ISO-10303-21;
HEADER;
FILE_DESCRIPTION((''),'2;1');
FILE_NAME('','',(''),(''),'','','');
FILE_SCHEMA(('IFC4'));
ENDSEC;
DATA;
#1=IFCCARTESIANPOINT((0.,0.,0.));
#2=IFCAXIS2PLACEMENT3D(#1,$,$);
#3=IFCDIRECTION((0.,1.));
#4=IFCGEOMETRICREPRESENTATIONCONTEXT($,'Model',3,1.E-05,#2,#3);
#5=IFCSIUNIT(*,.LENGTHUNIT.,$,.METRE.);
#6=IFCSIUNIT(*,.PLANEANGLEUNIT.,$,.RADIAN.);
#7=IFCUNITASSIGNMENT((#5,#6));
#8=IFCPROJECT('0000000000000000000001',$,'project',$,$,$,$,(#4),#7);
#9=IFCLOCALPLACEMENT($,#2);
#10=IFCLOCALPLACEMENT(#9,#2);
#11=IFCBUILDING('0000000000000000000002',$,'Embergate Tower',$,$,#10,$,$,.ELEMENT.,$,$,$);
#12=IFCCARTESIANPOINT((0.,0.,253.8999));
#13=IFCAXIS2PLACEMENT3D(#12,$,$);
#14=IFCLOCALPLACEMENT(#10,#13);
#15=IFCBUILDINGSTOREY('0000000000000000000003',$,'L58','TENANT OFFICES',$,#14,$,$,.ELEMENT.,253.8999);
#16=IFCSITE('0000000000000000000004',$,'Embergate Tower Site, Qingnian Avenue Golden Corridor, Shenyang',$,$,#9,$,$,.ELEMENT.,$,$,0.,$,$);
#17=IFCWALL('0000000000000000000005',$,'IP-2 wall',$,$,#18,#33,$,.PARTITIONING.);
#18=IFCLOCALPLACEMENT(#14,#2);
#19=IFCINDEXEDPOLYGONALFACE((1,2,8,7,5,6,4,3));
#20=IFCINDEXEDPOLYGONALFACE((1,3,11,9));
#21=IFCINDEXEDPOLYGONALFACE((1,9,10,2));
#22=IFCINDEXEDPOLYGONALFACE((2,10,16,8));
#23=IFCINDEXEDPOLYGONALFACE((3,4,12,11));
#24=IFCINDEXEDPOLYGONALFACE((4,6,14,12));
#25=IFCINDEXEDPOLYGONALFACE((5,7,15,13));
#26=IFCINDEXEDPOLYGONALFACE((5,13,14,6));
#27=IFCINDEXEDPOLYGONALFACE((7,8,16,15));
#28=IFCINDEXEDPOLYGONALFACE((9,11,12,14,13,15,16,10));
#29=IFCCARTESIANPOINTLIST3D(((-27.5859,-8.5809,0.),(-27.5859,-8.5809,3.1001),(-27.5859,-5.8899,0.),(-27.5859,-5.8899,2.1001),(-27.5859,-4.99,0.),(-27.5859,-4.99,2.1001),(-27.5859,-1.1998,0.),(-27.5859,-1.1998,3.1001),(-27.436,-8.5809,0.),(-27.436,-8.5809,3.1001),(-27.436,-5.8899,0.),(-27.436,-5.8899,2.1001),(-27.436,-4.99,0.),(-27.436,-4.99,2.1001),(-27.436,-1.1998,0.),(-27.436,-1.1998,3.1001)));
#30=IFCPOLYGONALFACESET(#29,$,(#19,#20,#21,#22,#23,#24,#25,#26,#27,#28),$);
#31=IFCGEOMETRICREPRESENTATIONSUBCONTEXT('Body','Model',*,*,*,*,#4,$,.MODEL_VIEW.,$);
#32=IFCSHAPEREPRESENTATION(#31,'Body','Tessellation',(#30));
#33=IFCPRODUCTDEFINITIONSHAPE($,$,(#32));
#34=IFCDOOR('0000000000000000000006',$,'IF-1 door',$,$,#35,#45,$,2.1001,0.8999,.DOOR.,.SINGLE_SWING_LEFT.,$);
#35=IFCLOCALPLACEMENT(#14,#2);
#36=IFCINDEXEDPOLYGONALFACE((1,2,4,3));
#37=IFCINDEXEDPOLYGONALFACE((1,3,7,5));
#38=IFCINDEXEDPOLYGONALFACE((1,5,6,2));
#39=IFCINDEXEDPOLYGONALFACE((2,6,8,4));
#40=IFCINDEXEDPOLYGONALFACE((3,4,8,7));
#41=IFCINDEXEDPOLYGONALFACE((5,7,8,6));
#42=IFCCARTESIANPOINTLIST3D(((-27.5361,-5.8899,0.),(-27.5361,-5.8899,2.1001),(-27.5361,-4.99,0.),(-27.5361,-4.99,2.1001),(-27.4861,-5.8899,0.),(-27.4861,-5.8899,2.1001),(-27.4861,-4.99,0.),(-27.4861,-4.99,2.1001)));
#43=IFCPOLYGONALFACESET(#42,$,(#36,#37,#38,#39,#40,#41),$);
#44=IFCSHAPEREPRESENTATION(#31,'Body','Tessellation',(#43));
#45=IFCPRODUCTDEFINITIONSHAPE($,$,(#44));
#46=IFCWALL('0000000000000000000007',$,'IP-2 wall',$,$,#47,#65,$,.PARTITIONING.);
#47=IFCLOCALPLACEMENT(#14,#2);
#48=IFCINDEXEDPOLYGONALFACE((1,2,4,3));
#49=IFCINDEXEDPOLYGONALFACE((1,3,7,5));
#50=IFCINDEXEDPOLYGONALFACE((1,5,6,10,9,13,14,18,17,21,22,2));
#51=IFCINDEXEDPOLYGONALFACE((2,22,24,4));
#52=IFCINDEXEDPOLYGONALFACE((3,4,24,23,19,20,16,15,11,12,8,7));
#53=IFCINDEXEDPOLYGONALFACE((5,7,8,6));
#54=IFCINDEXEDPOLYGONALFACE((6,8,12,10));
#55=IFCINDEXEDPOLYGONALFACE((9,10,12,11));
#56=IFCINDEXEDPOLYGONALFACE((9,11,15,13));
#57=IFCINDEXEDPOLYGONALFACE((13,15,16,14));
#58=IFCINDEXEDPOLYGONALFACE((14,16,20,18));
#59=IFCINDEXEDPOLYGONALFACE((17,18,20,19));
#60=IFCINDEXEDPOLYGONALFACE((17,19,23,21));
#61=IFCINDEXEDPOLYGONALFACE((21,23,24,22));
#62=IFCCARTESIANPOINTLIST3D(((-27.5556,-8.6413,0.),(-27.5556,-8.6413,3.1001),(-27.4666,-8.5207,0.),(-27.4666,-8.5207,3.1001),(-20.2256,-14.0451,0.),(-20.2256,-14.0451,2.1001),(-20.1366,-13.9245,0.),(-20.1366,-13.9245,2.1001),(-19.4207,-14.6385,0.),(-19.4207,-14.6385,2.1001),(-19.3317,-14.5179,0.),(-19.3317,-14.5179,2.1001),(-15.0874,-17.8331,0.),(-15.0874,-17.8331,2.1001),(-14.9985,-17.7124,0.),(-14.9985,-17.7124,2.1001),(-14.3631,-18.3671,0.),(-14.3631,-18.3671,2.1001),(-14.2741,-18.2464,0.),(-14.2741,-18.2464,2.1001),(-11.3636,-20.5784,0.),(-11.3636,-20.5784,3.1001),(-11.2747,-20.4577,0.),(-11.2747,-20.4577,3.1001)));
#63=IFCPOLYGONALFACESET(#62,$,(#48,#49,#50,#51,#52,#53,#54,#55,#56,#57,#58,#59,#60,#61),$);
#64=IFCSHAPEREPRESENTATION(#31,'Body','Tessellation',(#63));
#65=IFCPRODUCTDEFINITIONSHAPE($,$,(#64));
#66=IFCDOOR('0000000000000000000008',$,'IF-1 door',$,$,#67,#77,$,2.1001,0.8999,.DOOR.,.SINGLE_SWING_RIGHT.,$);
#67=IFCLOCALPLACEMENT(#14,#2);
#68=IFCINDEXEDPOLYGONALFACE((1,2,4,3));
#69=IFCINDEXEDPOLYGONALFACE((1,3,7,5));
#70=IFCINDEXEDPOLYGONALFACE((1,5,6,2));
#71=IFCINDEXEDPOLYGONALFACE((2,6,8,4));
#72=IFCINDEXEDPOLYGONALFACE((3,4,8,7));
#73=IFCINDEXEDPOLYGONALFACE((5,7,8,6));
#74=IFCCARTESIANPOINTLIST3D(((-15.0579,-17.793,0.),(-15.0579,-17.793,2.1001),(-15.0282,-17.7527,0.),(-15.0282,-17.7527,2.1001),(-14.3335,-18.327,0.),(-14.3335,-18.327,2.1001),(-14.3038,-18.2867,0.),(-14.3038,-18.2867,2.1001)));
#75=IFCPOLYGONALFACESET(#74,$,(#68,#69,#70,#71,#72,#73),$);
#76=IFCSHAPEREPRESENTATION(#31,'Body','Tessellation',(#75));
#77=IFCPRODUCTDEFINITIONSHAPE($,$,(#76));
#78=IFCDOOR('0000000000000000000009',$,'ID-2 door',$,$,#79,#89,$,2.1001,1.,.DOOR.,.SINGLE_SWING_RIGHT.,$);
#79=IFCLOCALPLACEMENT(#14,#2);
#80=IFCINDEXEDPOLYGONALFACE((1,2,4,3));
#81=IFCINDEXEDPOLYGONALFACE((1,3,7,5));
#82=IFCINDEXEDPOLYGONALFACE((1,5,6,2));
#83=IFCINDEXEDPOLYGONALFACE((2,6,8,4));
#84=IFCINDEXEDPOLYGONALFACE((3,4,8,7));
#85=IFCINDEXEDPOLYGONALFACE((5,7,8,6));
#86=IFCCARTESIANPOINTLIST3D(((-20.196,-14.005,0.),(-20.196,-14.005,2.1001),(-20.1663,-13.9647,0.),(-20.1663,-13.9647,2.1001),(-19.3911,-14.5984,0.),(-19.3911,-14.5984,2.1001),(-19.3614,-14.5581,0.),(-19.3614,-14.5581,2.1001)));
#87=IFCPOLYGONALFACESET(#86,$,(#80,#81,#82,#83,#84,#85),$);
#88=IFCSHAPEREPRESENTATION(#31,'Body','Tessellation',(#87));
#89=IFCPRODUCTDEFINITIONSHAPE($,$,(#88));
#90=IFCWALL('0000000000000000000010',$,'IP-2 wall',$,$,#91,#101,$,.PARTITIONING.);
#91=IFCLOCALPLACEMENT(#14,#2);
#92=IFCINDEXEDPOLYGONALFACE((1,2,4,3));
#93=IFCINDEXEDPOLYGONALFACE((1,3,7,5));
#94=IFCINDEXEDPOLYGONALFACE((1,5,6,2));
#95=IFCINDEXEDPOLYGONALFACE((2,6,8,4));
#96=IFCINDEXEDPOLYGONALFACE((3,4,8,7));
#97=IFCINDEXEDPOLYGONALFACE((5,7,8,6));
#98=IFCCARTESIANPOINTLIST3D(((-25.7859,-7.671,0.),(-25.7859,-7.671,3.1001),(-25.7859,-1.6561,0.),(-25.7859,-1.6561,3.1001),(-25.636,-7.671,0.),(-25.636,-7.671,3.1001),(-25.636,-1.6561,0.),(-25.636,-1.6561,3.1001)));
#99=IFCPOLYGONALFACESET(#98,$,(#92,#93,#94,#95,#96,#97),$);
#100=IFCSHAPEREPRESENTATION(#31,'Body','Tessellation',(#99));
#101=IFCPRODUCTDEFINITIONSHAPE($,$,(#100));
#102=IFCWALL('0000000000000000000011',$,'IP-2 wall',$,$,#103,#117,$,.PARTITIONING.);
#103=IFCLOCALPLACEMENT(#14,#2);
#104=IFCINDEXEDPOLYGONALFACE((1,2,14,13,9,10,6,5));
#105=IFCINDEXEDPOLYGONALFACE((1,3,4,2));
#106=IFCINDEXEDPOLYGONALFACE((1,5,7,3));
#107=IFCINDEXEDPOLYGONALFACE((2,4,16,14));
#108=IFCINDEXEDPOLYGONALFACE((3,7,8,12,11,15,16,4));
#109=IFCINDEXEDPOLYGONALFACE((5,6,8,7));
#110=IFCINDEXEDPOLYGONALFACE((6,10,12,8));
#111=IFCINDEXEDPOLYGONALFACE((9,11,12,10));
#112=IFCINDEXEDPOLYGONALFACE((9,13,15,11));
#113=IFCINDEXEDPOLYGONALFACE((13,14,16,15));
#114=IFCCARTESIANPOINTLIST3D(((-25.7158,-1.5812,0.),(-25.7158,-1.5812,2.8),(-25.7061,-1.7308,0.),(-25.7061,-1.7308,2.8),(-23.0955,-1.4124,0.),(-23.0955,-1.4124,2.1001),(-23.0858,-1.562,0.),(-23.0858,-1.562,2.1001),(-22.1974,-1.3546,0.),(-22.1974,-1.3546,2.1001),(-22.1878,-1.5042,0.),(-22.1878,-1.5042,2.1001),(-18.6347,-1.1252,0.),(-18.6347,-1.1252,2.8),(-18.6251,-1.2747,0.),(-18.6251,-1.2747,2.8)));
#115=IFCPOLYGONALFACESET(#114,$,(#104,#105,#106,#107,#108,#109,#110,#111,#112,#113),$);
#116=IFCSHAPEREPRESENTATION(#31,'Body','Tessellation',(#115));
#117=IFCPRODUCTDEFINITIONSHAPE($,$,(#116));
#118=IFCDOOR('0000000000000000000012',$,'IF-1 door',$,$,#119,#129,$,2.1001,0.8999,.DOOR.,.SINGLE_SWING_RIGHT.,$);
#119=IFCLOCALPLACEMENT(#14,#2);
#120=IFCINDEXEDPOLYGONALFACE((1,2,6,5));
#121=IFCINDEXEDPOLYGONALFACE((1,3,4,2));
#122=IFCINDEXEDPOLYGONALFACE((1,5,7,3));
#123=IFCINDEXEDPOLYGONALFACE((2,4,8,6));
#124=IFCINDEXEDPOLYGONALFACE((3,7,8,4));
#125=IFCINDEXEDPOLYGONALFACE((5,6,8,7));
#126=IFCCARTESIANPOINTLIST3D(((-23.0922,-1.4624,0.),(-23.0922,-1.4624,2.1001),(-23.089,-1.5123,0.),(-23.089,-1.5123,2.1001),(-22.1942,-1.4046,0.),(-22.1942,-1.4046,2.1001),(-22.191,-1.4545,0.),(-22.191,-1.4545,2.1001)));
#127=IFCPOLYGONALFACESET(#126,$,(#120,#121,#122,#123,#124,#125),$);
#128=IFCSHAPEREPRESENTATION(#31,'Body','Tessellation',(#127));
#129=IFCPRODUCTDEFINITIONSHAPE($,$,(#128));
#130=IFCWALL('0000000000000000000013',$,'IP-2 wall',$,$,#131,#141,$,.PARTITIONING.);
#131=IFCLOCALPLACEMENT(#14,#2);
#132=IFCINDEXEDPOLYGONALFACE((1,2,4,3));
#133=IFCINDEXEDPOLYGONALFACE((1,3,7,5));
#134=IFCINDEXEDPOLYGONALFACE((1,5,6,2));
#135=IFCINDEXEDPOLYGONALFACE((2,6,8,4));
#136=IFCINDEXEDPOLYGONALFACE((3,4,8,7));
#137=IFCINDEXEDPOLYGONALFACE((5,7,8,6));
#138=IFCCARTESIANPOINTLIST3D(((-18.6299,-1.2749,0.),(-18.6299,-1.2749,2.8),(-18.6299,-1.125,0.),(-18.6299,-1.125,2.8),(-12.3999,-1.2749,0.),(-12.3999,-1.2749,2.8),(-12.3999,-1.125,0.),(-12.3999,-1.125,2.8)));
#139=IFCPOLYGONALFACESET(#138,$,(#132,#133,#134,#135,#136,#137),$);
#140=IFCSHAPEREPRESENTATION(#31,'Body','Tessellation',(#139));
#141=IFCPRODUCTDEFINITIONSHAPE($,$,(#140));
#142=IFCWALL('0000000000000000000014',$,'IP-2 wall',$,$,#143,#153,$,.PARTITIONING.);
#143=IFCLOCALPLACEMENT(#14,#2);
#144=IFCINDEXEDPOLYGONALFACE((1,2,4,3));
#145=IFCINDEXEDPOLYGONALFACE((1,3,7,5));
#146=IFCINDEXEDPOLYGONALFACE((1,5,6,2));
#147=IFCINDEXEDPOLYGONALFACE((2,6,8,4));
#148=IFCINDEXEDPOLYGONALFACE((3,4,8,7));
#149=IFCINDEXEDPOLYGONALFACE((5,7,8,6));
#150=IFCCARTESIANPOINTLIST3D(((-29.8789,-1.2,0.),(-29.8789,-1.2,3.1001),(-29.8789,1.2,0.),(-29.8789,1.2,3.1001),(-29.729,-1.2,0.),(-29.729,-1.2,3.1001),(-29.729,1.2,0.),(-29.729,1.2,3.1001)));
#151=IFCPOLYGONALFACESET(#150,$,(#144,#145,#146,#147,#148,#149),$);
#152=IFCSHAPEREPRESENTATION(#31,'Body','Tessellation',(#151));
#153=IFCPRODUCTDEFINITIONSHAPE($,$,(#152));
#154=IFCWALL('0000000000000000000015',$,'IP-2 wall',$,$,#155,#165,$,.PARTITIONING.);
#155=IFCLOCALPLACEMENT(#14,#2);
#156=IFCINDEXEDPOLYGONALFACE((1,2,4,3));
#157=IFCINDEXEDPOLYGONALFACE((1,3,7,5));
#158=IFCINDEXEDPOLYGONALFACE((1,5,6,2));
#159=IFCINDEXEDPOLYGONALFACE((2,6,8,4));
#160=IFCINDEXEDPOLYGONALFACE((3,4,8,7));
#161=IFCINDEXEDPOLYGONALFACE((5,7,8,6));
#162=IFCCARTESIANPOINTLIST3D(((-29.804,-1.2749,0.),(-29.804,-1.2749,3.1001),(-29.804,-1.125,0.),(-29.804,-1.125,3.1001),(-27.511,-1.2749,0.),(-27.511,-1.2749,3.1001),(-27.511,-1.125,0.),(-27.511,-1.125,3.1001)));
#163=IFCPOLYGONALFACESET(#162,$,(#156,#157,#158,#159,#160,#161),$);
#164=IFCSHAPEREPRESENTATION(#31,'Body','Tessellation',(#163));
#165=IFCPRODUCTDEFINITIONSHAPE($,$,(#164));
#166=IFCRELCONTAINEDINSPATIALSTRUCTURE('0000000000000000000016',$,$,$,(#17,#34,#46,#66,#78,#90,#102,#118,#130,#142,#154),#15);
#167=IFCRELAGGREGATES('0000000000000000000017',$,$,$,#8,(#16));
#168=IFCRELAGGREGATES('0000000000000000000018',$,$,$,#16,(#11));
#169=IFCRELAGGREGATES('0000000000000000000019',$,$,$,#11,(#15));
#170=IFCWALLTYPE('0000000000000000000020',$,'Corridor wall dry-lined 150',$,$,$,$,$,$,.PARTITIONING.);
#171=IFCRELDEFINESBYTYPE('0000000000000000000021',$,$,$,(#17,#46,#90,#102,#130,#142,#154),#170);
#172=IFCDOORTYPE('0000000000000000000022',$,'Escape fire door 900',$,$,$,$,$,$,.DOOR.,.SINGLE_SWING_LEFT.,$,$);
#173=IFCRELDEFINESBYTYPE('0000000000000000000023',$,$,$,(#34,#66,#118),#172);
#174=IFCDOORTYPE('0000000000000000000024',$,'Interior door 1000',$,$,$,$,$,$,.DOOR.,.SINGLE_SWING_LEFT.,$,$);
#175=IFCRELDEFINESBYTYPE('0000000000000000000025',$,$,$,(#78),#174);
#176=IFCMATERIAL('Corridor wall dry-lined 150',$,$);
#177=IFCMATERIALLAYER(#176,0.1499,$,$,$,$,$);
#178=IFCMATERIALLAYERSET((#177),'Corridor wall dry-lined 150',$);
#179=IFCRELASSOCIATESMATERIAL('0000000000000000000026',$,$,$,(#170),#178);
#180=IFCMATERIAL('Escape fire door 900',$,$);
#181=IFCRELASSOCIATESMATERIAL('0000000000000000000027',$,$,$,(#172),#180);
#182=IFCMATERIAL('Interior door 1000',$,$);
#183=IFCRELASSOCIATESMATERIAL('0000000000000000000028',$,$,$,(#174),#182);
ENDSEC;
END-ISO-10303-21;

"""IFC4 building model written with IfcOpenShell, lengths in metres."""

from ifc_helpers import new_model, si_unit, direction, frame, frame_2d, origin, place, context, subcontext, project, spatial, rectangle, extrude, source, transform, mapped, material, layer, layer_set, type_object, element, fill, save


model = new_model("IFC4")

# Units and contexts
model_context = context("Model", 3, precision=1e-05, world=origin(), true_north=direction((0.0, 1.0)))
body_context = subcontext(model_context, "Body", "Model", "MODEL_VIEW")
ifc_project = project(units=[si_unit("LENGTHUNIT", "METRE"), si_unit("PLANEANGLEUNIT", "RADIAN")], contexts=[model_context])

# Site, building, storey
site_placement = place(None, origin())
site = spatial("IfcSite", under=ifc_project, at=site_placement, Name="Embergate Tower Site, Qingnian Avenue Golden Corridor, Shenyang", CompositionType="ELEMENT", RefElevation=0.0)
building_placement = place(site_placement, origin())
building = spatial("IfcBuilding", under=site, at=building_placement, Name="Embergate Tower", CompositionType="ELEMENT")
storey_placement = place(building_placement, frame((0.0, 0.0, 253.8999)))
storey = spatial("IfcBuildingStorey", under=building, at=storey_placement, Name="L58", Description="TENANT OFFICES", CompositionType="ELEMENT", Elevation=253.8999)

# Wall, opening, door
ifc_material_1 = material(Name="Corridor wall dry-lined 150")
ifc_layer_1 = layer(ifc_material_1, 0.1499)
ifc_layer_set_1 = layer_set([ifc_layer_1], Name="Corridor wall dry-lined 150")
wall_type_1 = type_object("IfcWallType", Name="Corridor wall dry-lined 150", PredefinedType="PARTITIONING", material=ifc_layer_set_1)
shared_shape_1 = source(origin(), body_context, "Body", "SweptSolid", [
    extrude(rectangle(XDim=7.3811, YDim=0.1499, at=frame_2d((3.6904, 0.0))), origin(), (0.0, 0.0, 1.0), 3.1001),
])
wall_1_placement = place(storey_placement, frame((-27.511, -1.2, 0.0), z_axis=(0.0, 0.0, 1.0), x_axis=(0.0, -1.0, 0.0)))
wall_1 = element("IfcWall", 1, at=wall_1_placement, inside=storey, type_object=wall_type_1, Name="IP-2 wall", PredefinedType="PARTITIONING", context=body_context, shape_type="MappedRepresentation", body=[
    mapped(shared_shape_1, transform((0.0, 0.0, 0.0))),
])
shared_shape_2 = source(origin(), body_context, "Body", "SweptSolid", [
    extrude(rectangle(XDim=0.8999, YDim=2.1001, at=frame_2d((0.45, 1.05))), frame((0.0, 0.085, 0.0), z_axis=(0.0, -1.0, 0.0), x_axis=(1.0, 0.0, 0.0)), (0.0, 0.0, 1.0), 0.1699),
])
opening_1_placement = place(wall_1_placement, frame((3.79, 0.0, 0.0)))
opening_1 = element("IfcOpeningElement", 2, at=opening_1_placement, cuts=wall_1, PredefinedType="OPENING", context=body_context, shape_type="MappedRepresentation", body=[
    mapped(shared_shape_2, transform((0.0, 0.0, 0.0))),
])
ifc_material_2 = material(Name="Escape fire door 900")
door_type_1 = type_object("IfcDoorType", Name="Escape fire door 900", OperationType="SINGLE_SWING_LEFT", PredefinedType="DOOR", material=ifc_material_2)
shared_shape_3 = source(origin(), body_context, "Body", "SweptSolid", [
    extrude(rectangle(XDim=0.8999, YDim=2.1001, at=frame_2d((0.45, 1.05))), frame((0.0, 0.0249, 0.0), z_axis=(0.0, -1.0, 0.0), x_axis=(1.0, 0.0, 0.0)), (0.0, 0.0, 1.0), 0.05),
])
door_1_placement = place(opening_1_placement, origin())
door_1 = element("IfcDoor", 3, at=door_1_placement, inside=storey, type_object=door_type_1, Name="IF-1 door", OperationType="SINGLE_SWING_LEFT", OverallHeight=2.1001, OverallWidth=0.8999, PredefinedType="DOOR", context=body_context, shape_type="MappedRepresentation", body=[
    mapped(shared_shape_3, transform((0.0, 0.0, 0.0))),
])
fill(opening_1, door_1)

# Wall, openings, doors
shared_shape_4 = source(origin(), body_context, "Body", "SweptSolid", [
    extrude(rectangle(XDim=20.1165, YDim=0.1499, at=frame_2d((10.0581, 0.0))), origin(), (0.0, 0.0, 1.0), 3.1001),
])
wall_2_placement = place(storey_placement, frame((-27.511, -8.5811, 0.0), z_axis=(0.0, 0.0, 1.0), x_axis=(0.80491, -0.593397, 0.0)))
wall_2 = element("IfcWall", 4, at=wall_2_placement, inside=storey, type_object=wall_type_1, Name="IP-2 wall", PredefinedType="PARTITIONING", context=body_context, shape_type="MappedRepresentation", body=[
    mapped(shared_shape_4, transform((0.0, 0.0, 0.0))),
])
shared_shape_5 = source(origin(), body_context, "Body", "SweptSolid", [
    extrude(rectangle(XDim=1.0, YDim=2.1001, at=frame_2d((0.5, 1.05))), frame((0.0, 0.085, 0.0), z_axis=(0.0, -1.0, 0.0), x_axis=(1.0, 0.0, 0.0)), (0.0, 0.0, 1.0), 0.1699),
])
opening_2_placement = place(wall_2_placement, frame((9.1064, 0.0, 0.0)))
opening_2 = element("IfcOpeningElement", 5, at=opening_2_placement, cuts=wall_2, PredefinedType="OPENING", context=body_context, shape_type="MappedRepresentation", body=[
    mapped(shared_shape_5, transform((0.0, 0.0, 0.0))),
])
opening_3_placement = place(wall_2_placement, frame((15.49, 0.0, 0.0)))
opening_3 = element("IfcOpeningElement", 6, at=opening_3_placement, cuts=wall_2, PredefinedType="OPENING", context=body_context, shape_type="MappedRepresentation", body=[
    mapped(shared_shape_2, transform((0.0, 0.0, 0.0))),
])
door_2_placement = place(opening_3_placement, origin())
door_2 = element("IfcDoor", 7, at=door_2_placement, inside=storey, type_object=door_type_1, Name="IF-1 door", OperationType="SINGLE_SWING_RIGHT", OverallHeight=2.1001, OverallWidth=0.8999, PredefinedType="DOOR", context=body_context, shape_type="MappedRepresentation", body=[
    mapped(shared_shape_3, transform((0.0, 0.0, 0.0))),
])
fill(opening_3, door_2)
ifc_material_3 = material(Name="Interior door 1000")
door_type_2 = type_object("IfcDoorType", Name="Interior door 1000", OperationType="SINGLE_SWING_LEFT", PredefinedType="DOOR", material=ifc_material_3)
shared_shape_6 = source(origin(), body_context, "Body", "SweptSolid", [
    extrude(rectangle(XDim=1.0, YDim=2.1001, at=frame_2d((0.5, 1.05))), frame((0.0, 0.0249, 0.0), z_axis=(0.0, -1.0, 0.0), x_axis=(1.0, 0.0, 0.0)), (0.0, 0.0, 1.0), 0.05),
])
door_3_placement = place(opening_2_placement, origin())
door_3 = element("IfcDoor", 8, at=door_3_placement, inside=storey, type_object=door_type_2, Name="ID-2 door", OperationType="SINGLE_SWING_RIGHT", OverallHeight=2.1001, OverallWidth=1.0, PredefinedType="DOOR", context=body_context, shape_type="MappedRepresentation", body=[
    mapped(shared_shape_6, transform((0.0, 0.0, 0.0))),
])
fill(opening_2, door_3)

# Wall
shared_shape_7 = source(origin(), body_context, "Body", "SweptSolid", [
    extrude(rectangle(XDim=6.0149, YDim=0.1499, at=frame_2d((3.0073, 0.0))), origin(), (0.0, 0.0, 1.0), 3.1001),
])
wall_3_placement = place(storey_placement, frame((-25.7109, -7.6709, 0.0), z_axis=(0.0, 0.0, 1.0), x_axis=(0.0, 1.0, 0.0)))
element("IfcWall", 9, at=wall_3_placement, inside=storey, type_object=wall_type_1, Name="IP-2 wall", PredefinedType="PARTITIONING", context=body_context, shape_type="MappedRepresentation", body=[
    mapped(shared_shape_7, transform((0.0, 0.0, 0.0))),
])

# Wall, opening, door
shared_shape_8 = source(origin(), body_context, "Body", "SweptSolid", [
    extrude(rectangle(XDim=7.0957, YDim=0.1499, at=frame_2d((3.5479, 0.0))), origin(), (0.0, 0.0, 1.0), 2.8),
])
wall_4_placement = place(storey_placement, frame((-25.7109, -1.656, 0.0), z_axis=(0.0, 0.0, 1.0), x_axis=(0.997932, 0.064272, 0.0)))
wall_4 = element("IfcWall", 10, at=wall_4_placement, inside=storey, type_object=wall_type_1, Name="IP-2 wall", PredefinedType="PARTITIONING", context=body_context, shape_type="MappedRepresentation", body=[
    mapped(shared_shape_8, transform((0.0, 0.0, 0.0))),
])
opening_4_placement = place(wall_4_placement, frame((2.6257, 0.0, 0.0)))
opening_4 = element("IfcOpeningElement", 11, at=opening_4_placement, cuts=wall_4, PredefinedType="OPENING", context=body_context, shape_type="MappedRepresentation", body=[
    mapped(shared_shape_2, transform((0.0, 0.0, 0.0))),
])
door_4_placement = place(opening_4_placement, origin())
door_4 = element("IfcDoor", 12, at=door_4_placement, inside=storey, type_object=door_type_1, Name="IF-1 door", OperationType="SINGLE_SWING_RIGHT", OverallHeight=2.1001, OverallWidth=0.8999, PredefinedType="DOOR", context=body_context, shape_type="MappedRepresentation", body=[
    mapped(shared_shape_3, transform((0.0, 0.0, 0.0))),
])
fill(opening_4, door_4)

# Walls
shared_shape_9 = source(origin(), body_context, "Body", "SweptSolid", [
    extrude(rectangle(XDim=6.23, YDim=0.1499, at=frame_2d((3.115, 0.0))), origin(), (0.0, 0.0, 1.0), 2.8),
])
wall_5_placement = place(storey_placement, frame((-18.6299, -1.2, 0.0), z_axis=(0.0, 0.0, 1.0), x_axis=(1.0, 0.0, 0.0)))
element("IfcWall", 13, at=wall_5_placement, inside=storey, type_object=wall_type_1, Name="IP-2 wall", PredefinedType="PARTITIONING", context=body_context, shape_type="MappedRepresentation", body=[
    mapped(shared_shape_9, transform((0.0, 0.0, 0.0))),
])
shared_shape_10 = source(origin(), body_context, "Body", "SweptSolid", [
    extrude(rectangle(XDim=2.3999, YDim=0.1499, at=frame_2d((1.2, 0.0))), origin(), (0.0, 0.0, 1.0), 3.1001),
])
wall_6_placement = place(storey_placement, frame((-29.804, -1.2, 0.0), z_axis=(0.0, 0.0, 1.0), x_axis=(0.0, 1.0, 0.0)))
element("IfcWall", 14, at=wall_6_placement, inside=storey, type_object=wall_type_1, Name="IP-2 wall", PredefinedType="PARTITIONING", context=body_context, shape_type="MappedRepresentation", body=[
    mapped(shared_shape_10, transform((0.0, 0.0, 0.0))),
])
shared_shape_11 = source(origin(), body_context, "Body", "SweptSolid", [
    extrude(rectangle(XDim=2.293, YDim=0.1499, at=frame_2d((1.1465, 0.0))), origin(), (0.0, 0.0, 1.0), 3.1001),
])
wall_7_placement = place(storey_placement, frame((-27.511, -1.2, 0.0), z_axis=(0.0, 0.0, 1.0), x_axis=(-1.0, 0.0, 0.0)))
element("IfcWall", 15, at=wall_7_placement, inside=storey, type_object=wall_type_1, Name="IP-2 wall", PredefinedType="PARTITIONING", context=body_context, shape_type="MappedRepresentation", body=[
    mapped(shared_shape_11, transform((0.0, 0.0, 0.0))),
])

save(model, "model.ifc")
